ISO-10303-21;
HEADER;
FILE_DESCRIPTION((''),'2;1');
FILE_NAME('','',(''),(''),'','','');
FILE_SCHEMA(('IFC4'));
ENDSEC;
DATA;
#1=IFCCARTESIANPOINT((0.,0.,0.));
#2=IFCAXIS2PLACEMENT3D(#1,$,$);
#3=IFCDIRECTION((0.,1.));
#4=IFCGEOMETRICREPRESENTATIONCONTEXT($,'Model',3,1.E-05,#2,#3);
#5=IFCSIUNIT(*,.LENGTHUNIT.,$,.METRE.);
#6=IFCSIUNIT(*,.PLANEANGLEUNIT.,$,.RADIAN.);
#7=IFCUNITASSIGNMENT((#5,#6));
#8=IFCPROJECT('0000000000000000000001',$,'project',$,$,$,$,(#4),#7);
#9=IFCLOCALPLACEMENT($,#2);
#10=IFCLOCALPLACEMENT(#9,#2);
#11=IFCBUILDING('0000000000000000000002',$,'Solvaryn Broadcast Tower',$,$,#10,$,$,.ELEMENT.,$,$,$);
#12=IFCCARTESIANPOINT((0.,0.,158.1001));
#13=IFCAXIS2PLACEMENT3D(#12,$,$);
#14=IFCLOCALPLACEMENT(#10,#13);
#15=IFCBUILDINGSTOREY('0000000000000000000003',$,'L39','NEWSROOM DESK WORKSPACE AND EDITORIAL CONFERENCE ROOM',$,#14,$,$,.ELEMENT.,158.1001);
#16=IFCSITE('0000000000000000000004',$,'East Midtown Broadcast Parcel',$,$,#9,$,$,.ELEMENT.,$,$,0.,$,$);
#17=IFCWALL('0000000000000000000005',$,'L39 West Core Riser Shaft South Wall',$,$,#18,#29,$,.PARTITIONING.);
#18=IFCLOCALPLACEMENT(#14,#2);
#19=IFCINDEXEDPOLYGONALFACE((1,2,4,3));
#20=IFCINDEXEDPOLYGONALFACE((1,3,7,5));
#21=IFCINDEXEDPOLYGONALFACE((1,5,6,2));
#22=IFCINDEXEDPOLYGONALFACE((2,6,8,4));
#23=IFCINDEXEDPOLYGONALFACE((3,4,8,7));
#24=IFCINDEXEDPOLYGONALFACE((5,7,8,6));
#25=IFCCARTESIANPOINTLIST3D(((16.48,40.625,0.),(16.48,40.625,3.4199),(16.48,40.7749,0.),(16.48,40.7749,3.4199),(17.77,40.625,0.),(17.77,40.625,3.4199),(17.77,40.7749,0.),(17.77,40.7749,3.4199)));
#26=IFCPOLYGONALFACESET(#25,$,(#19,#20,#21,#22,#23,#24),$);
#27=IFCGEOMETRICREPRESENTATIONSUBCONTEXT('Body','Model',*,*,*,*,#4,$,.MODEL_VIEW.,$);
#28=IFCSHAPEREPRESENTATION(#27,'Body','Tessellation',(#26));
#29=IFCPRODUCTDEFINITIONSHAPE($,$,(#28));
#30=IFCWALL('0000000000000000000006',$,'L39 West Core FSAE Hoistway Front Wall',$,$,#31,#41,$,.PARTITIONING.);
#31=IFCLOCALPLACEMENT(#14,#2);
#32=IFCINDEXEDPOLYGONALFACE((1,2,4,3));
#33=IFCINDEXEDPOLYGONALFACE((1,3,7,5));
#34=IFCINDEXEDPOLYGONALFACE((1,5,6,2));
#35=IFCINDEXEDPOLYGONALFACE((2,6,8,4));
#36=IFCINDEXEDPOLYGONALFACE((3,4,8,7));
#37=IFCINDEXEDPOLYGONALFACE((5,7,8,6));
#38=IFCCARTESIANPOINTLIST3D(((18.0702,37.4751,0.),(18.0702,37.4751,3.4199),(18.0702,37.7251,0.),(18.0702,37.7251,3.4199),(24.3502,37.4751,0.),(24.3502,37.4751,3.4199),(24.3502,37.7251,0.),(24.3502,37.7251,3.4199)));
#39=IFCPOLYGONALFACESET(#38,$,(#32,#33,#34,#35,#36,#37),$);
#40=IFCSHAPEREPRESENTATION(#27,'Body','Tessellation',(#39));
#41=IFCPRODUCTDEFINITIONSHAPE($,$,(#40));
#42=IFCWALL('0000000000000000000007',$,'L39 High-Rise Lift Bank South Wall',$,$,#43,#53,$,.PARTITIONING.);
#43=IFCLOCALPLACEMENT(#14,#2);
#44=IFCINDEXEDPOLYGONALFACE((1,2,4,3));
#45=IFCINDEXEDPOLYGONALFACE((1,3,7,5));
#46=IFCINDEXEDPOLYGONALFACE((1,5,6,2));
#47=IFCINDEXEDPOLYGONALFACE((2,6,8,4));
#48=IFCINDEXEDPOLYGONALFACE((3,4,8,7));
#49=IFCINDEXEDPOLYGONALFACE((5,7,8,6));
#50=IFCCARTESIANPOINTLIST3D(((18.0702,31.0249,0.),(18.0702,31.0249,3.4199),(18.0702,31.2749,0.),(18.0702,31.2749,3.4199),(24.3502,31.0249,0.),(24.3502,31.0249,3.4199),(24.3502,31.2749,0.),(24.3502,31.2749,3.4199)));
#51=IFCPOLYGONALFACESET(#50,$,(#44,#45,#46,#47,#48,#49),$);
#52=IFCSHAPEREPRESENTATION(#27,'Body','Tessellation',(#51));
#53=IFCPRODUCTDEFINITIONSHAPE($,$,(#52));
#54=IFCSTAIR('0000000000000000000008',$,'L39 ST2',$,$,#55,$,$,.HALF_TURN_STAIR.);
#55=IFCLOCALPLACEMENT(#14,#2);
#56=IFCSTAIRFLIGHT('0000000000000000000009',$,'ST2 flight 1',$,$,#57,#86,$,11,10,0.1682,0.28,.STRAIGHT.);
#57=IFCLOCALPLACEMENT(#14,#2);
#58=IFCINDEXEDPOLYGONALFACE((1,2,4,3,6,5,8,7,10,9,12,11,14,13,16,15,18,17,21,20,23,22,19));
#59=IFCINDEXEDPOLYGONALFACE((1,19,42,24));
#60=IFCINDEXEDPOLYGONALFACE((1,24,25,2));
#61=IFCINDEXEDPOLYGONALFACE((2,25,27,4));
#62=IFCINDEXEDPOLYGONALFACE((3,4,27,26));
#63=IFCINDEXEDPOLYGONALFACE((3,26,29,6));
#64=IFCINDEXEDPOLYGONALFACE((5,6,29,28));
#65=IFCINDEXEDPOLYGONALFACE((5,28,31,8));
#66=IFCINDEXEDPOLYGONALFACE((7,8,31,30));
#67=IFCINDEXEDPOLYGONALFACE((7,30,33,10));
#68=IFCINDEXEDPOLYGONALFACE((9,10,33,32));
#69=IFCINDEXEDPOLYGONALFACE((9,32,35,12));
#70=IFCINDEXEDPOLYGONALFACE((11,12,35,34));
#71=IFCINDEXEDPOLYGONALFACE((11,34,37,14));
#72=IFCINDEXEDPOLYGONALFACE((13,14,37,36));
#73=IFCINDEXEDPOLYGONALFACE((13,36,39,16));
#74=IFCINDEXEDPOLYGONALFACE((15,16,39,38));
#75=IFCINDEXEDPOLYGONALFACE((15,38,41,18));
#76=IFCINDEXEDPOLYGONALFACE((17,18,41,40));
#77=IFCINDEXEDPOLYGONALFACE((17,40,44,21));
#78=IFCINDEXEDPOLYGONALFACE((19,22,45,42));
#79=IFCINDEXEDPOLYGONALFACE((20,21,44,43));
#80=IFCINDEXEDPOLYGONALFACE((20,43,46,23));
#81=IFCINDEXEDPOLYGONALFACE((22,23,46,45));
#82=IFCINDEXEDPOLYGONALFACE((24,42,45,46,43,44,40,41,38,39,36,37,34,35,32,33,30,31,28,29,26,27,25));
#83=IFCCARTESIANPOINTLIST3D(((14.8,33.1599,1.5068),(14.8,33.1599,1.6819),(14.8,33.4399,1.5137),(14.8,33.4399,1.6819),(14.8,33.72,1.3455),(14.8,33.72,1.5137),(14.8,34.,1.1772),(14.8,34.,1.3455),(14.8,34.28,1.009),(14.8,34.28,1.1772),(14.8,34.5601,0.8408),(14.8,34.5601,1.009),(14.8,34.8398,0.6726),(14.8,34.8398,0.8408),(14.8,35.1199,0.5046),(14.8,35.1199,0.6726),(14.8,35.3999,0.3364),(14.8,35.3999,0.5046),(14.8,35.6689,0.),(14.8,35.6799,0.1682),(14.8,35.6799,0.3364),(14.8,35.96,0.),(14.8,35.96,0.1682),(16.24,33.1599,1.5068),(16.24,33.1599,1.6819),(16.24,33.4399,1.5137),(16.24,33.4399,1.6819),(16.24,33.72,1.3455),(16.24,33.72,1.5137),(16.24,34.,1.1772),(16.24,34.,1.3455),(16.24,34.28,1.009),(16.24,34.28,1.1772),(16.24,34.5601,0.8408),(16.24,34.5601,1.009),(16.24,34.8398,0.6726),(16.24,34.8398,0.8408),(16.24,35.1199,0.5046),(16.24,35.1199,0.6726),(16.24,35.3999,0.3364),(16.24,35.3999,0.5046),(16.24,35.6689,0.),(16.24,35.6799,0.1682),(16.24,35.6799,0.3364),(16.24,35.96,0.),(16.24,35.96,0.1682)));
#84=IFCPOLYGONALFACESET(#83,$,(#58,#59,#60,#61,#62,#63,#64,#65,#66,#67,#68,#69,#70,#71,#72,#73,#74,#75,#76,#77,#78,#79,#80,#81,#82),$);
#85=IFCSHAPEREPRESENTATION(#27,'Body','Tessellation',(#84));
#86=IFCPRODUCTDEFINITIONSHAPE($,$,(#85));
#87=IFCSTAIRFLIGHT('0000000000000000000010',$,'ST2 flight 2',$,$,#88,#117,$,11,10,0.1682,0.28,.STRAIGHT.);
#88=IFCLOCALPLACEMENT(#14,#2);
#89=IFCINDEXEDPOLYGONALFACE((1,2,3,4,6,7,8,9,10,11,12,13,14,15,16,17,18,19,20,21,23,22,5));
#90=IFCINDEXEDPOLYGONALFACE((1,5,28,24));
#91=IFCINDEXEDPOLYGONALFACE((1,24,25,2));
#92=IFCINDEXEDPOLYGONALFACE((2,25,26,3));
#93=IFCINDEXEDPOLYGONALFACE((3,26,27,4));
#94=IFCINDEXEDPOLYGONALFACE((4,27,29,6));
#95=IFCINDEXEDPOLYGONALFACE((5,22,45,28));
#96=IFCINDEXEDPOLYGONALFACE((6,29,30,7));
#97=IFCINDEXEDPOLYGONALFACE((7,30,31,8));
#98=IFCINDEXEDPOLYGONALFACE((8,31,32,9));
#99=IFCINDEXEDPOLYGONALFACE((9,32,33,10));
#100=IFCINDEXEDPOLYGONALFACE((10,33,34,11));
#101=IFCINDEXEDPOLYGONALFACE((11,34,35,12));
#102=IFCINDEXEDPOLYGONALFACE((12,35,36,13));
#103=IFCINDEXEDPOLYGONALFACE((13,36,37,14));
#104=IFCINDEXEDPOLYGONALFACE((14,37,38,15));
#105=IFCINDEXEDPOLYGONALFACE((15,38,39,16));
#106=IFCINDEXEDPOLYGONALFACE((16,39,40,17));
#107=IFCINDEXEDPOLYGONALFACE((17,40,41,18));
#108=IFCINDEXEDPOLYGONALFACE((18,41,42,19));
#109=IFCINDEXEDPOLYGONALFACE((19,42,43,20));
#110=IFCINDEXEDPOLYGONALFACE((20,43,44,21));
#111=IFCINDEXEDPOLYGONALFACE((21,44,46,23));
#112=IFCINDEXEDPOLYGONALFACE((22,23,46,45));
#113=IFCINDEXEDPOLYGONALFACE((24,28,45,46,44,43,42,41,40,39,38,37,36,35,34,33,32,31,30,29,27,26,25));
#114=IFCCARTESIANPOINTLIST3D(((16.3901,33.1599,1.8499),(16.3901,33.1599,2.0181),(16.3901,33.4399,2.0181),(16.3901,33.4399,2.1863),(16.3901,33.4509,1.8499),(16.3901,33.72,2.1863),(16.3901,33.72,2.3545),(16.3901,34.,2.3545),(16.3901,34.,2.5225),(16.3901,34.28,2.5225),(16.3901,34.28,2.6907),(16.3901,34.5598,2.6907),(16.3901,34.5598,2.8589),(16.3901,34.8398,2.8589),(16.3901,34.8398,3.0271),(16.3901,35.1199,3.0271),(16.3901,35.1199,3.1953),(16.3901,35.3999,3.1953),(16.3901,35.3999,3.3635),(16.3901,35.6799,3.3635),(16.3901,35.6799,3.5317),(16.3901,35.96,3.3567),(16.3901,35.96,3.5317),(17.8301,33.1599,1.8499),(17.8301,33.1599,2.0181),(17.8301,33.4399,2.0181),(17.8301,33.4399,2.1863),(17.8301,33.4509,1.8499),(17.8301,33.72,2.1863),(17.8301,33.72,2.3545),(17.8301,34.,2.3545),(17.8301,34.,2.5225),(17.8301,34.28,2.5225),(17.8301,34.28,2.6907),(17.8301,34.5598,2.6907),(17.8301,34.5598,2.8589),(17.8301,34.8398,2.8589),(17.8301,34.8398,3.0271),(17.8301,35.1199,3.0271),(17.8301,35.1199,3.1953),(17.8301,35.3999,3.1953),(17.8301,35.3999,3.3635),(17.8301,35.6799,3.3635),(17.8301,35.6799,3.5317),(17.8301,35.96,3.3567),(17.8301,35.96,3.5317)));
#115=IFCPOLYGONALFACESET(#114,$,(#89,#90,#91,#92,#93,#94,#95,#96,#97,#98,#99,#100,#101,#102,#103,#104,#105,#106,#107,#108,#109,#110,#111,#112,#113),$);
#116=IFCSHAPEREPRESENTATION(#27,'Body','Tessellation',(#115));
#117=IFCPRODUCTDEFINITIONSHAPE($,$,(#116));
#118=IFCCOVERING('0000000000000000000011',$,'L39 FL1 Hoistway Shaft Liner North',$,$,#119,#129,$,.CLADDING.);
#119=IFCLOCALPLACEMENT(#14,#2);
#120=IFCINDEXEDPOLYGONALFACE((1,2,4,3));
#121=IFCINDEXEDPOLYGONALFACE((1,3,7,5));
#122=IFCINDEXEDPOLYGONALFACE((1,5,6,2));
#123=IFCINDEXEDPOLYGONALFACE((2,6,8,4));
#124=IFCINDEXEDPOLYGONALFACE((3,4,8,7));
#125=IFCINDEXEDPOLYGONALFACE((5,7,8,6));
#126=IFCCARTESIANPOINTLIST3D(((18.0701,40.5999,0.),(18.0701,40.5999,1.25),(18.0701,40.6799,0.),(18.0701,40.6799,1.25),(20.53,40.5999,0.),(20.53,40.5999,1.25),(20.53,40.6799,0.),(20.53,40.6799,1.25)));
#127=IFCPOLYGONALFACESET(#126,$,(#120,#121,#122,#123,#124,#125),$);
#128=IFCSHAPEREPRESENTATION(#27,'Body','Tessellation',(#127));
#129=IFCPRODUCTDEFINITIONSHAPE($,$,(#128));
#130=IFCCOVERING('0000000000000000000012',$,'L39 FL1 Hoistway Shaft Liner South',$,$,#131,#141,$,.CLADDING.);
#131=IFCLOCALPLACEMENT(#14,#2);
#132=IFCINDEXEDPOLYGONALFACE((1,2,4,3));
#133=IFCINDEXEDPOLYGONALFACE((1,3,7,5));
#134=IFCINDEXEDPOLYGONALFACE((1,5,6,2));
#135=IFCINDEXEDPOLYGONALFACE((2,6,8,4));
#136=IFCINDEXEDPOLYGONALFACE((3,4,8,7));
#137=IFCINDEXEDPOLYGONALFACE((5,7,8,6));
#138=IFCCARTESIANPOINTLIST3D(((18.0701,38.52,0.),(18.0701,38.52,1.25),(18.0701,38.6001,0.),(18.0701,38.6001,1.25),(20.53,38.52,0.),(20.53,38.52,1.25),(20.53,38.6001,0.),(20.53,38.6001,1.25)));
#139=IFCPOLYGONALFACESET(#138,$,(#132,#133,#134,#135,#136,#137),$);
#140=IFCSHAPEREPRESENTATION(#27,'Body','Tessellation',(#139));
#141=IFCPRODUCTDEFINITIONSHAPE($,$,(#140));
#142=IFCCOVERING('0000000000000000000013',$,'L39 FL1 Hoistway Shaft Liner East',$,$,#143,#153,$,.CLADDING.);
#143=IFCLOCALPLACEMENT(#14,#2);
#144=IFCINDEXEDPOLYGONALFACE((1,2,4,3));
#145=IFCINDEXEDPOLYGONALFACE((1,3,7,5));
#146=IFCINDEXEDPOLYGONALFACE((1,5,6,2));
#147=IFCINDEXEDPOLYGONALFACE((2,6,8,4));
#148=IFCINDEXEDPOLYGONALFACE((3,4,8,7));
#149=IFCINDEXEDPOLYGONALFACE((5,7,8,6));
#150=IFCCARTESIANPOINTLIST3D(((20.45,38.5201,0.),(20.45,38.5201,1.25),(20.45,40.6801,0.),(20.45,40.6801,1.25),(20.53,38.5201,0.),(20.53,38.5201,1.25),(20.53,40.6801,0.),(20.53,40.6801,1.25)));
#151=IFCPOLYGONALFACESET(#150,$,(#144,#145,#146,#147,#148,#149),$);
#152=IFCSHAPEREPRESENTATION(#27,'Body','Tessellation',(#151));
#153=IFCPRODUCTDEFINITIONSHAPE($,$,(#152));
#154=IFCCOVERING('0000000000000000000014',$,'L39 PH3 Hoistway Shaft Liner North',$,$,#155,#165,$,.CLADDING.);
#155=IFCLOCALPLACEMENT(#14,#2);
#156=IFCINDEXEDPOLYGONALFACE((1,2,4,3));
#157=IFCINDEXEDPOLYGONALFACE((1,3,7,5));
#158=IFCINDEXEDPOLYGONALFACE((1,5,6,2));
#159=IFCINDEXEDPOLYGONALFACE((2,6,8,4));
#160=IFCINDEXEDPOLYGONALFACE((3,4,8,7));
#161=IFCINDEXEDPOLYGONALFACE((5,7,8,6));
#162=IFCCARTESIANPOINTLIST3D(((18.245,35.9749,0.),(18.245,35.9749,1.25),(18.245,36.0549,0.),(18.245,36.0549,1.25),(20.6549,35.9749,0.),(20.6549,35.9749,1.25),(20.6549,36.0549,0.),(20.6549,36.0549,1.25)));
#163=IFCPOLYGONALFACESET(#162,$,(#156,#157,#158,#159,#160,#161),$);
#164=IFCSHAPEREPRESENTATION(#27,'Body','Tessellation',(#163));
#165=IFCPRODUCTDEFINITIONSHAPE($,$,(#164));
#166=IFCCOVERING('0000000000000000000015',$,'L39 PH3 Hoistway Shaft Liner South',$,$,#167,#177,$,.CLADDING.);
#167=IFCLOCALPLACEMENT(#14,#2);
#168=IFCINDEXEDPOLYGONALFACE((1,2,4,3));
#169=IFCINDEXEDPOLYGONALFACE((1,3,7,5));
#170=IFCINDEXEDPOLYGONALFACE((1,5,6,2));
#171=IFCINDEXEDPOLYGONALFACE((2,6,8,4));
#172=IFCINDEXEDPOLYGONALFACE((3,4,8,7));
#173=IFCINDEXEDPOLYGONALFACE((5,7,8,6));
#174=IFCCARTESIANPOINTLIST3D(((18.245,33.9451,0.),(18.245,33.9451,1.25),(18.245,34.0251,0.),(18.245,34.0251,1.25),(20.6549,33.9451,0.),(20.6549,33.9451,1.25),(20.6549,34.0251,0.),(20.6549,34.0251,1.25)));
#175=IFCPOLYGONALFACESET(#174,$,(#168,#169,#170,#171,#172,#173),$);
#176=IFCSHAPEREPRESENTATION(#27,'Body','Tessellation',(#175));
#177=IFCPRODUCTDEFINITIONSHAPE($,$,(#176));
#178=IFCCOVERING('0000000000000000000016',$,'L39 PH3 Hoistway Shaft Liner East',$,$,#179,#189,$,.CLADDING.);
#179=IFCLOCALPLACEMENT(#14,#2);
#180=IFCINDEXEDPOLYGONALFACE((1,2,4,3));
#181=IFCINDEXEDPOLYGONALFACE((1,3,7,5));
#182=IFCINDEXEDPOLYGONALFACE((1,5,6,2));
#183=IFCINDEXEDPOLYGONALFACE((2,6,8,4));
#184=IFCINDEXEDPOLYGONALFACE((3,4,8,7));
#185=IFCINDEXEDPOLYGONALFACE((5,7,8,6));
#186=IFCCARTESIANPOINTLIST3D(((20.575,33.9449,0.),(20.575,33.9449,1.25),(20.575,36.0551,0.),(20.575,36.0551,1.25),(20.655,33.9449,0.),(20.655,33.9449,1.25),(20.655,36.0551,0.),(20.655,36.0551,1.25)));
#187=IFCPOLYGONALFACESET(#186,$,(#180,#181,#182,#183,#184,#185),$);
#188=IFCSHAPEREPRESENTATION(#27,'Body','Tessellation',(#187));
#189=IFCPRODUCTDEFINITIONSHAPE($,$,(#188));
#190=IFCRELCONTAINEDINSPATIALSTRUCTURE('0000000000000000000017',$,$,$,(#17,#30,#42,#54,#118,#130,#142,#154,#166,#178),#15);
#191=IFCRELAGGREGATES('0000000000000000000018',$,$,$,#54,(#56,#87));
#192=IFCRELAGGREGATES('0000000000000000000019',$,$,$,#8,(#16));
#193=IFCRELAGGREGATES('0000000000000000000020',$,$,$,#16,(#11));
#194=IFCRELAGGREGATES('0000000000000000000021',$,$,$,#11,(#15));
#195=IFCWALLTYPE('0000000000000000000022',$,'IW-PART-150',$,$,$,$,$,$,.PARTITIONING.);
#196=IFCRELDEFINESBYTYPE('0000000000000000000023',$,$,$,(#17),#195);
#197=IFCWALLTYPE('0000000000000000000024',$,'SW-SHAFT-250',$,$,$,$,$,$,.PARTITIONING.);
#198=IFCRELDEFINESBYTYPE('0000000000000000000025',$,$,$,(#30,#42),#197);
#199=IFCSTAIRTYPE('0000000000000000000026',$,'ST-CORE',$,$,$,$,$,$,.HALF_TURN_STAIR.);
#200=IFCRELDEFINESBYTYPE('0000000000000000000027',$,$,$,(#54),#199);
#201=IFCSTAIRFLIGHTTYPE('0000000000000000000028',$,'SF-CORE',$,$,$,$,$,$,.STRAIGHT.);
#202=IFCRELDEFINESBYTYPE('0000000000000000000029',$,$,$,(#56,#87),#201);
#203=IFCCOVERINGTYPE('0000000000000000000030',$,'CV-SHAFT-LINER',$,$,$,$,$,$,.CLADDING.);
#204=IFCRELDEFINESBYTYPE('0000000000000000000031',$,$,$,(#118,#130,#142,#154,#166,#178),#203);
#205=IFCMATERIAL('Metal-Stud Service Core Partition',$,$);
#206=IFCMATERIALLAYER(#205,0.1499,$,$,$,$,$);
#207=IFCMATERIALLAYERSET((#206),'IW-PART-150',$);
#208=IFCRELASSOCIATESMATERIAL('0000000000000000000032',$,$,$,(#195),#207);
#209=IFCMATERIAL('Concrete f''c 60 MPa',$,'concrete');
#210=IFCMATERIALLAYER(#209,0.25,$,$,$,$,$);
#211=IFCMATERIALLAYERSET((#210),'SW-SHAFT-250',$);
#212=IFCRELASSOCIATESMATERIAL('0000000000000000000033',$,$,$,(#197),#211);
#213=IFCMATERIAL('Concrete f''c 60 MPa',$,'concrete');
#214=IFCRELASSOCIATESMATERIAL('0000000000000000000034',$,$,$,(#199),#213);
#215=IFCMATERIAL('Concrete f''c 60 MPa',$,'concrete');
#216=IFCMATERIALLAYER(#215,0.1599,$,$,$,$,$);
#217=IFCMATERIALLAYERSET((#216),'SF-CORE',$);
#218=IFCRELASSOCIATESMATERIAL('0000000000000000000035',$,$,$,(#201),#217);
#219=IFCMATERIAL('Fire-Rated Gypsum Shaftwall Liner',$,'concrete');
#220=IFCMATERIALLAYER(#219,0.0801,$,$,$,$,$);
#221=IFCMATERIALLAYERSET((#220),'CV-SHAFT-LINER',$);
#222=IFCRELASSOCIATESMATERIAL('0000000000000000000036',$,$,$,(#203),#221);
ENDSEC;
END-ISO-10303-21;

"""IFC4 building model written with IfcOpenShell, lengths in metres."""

from ifc_helpers import new_model, si_unit, direction, frame, frame_2d, origin, origin_2d, place, context, subcontext, project, spatial, polyline, rectangle, outline, extrude, material, layer, layer_set, type_object, element, aggregate, save


model = new_model("IFC4")

# Units and contexts
model_context = context("Model", 3, precision=1e-05, world=origin(), true_north=direction((0.0, 1.0)))
body_context = subcontext(model_context, "Body", "Model", "MODEL_VIEW")
ifc_project = project(units=[si_unit("LENGTHUNIT", "METRE"), si_unit("PLANEANGLEUNIT", "RADIAN")], contexts=[model_context])

# Site, building, storey
site_placement = place(None, origin())
site = spatial("IfcSite", under=ifc_project, at=site_placement, Name="East Midtown Broadcast Parcel", CompositionType="ELEMENT", RefElevation=0.0)
building_placement = place(site_placement, origin())
building = spatial("IfcBuilding", under=site, at=building_placement, Name="Solvaryn Broadcast Tower", CompositionType="ELEMENT")
storey_placement = place(building_placement, frame((0.0, 0.0, 158.1001)))
storey = spatial("IfcBuildingStorey", under=building, at=storey_placement, Name="L39", Description="NEWSROOM DESK WORKSPACE AND EDITORIAL CONFERENCE ROOM", CompositionType="ELEMENT", Elevation=158.1001)

# Walls
ifc_material_1 = material(Name="Metal-Stud Service Core Partition")
ifc_layer_1 = layer(ifc_material_1, 0.1499)
ifc_layer_set_1 = layer_set([ifc_layer_1], Name="IW-PART-150")
wall_type_1 = type_object("IfcWallType", Name="IW-PART-150", PredefinedType="PARTITIONING", material=ifc_layer_set_1)
wall_1_placement = place(storey_placement, frame((16.48, 40.7, 0.0), z_axis=(0.0, 0.0, 1.0), x_axis=(1.0, 0.0, 0.0)))
element("IfcWall", 1, at=wall_1_placement, inside=storey, type_object=wall_type_1, Name="L39 West Core Riser Shaft South Wall", PredefinedType="PARTITIONING", context=body_context, shape_type="SweptSolid", body=[
    extrude(rectangle(XDim=1.29, YDim=0.1499, at=frame_2d((0.645, 0.0))), origin(), (0.0, 0.0, 1.0), 3.4199),
])
ifc_material_2 = material(Name="Concrete f'c 60 MPa", Category="concrete")
ifc_layer_2 = layer(ifc_material_2, 0.25)
ifc_layer_set_2 = layer_set([ifc_layer_2], Name="SW-SHAFT-250")
wall_type_2 = type_object("IfcWallType", Name="SW-SHAFT-250", PredefinedType="PARTITIONING", material=ifc_layer_set_2)
for number, where, z_axis, x_axis, name in (
    (2, (18.0701, 37.6001, 0.0), (0.0, 0.0, 1.0), (1.0, 0.0, 0.0), "L39 West Core FSAE Hoistway Front Wall"),
    (3, (18.0701, 31.1499, 0.0), (0.0, 0.0, 1.0), (1.0, 0.0, 0.0), "L39 High-Rise Lift Bank South Wall"),
):
    element("IfcWall", number, at=place(storey_placement, frame(where, z_axis=z_axis, x_axis=x_axis)), inside=storey, type_object=wall_type_2, Name=name, PredefinedType="PARTITIONING", context=body_context, shape_type="SweptSolid", body=[
        extrude(rectangle(XDim=6.28, YDim=0.25, at=frame_2d((3.1401, 0.0))), origin(), (0.0, 0.0, 1.0), 3.4199),
    ])

# Stair, stair flights
ifc_material_3 = material(Name="Concrete f'c 60 MPa", Category="concrete")
stair_type = type_object("IfcStairType", Name="ST-CORE", PredefinedType="HALF_TURN_STAIR", material=ifc_material_3)
stair_placement = place(storey_placement, origin())
stair = element("IfcStair", 4, at=stair_placement, inside=storey, type_object=stair_type, Name="L39 ST2", PredefinedType="HALF_TURN_STAIR")
ifc_material_4 = material(Name="Concrete f'c 60 MPa", Category="concrete")
ifc_layer_3 = layer(ifc_material_4, 0.1599)
ifc_layer_set_3 = layer_set([ifc_layer_3], Name="SF-CORE")
stair_flight_type = type_object("IfcStairFlightType", Name="SF-CORE", PredefinedType="STRAIGHT", material=ifc_layer_set_3)
stair_flight_1_placement = place(storey_placement, frame((15.52, 35.96, 0.0), z_axis=(0.0, 0.0, 1.0), x_axis=(0.0, -1.0, 0.0)))
stair_flight_1 = element("IfcStairFlight", 5, at=stair_flight_1_placement, type_object=stair_flight_type, Name="ST2 flight 1", NumberOfRisers=11, NumberOfTreads=10, PredefinedType="STRAIGHT", RiserHeight=0.1682, TreadLength=0.28, context=body_context, shape_type="SweptSolid", body=[
    extrude(outline(polyline([(0.0, 0.0), (0.0, 0.1682), (0.28, 0.1682), (0.28, 0.3364), (0.5601, 0.3364), (0.5601, 0.5046), (0.8401, 0.5046), (0.8401, 0.6726), (1.1201, 0.6726), (1.1201, 0.8408), (1.3999, 0.8408), (1.3999, 1.009), (1.6799, 1.009), (1.6799, 1.1772), (1.96, 1.1772), (1.96, 1.3455), (2.24, 1.3455), (2.24, 1.5137), (2.52, 1.5137), (2.52, 1.6819), (2.8, 1.6819), (2.8, 1.8501), (2.8, 1.5068), (0.291, 0.0), (0.0, 0.0)])), frame((0.0, 0.72, 0.0), z_axis=(0.0, -1.0, 0.0), x_axis=(1.0, 0.0, 0.0)), (0.0, 0.0, 1.0), 1.4399),
])
stair_flight_2_placement = place(storey_placement, frame((17.1101, 33.1599, 1.8499), z_axis=(0.0, 0.0, 1.0), x_axis=(0.0, 1.0, 0.0)))
stair_flight_2 = element("IfcStairFlight", 6, at=stair_flight_2_placement, type_object=stair_flight_type, Name="ST2 flight 2", NumberOfRisers=11, NumberOfTreads=10, PredefinedType="STRAIGHT", RiserHeight=0.1682, TreadLength=0.28, context=body_context, shape_type="SweptSolid", body=[
    extrude(outline(polyline([(0.0, 0.0), (0.0, 0.1682), (0.28, 0.1682), (0.28, 0.3364), (0.5601, 0.3364), (0.5601, 0.5046), (0.8401, 0.5046), (0.8401, 0.6726), (1.1201, 0.6726), (1.1201, 0.8408), (1.3999, 0.8408), (1.3999, 1.009), (1.6799, 1.009), (1.6799, 1.1772), (1.96, 1.1772), (1.96, 1.3455), (2.24, 1.3455), (2.24, 1.5137), (2.52, 1.5137), (2.52, 1.6819), (2.8, 1.6819), (2.8, 1.8501), (2.8, 1.5068), (0.291, 0.0), (0.0, 0.0)])), frame((0.0, 0.72, 0.0), z_axis=(0.0, -1.0, 0.0), x_axis=(1.0, 0.0, 0.0)), (0.0, 0.0, 1.0), 1.4399),
])
aggregate(stair, [stair_flight_1, stair_flight_2])

# Coverings
ifc_material_5 = material(Name="Fire-Rated Gypsum Shaftwall Liner", Category="concrete")
ifc_layer_4 = layer(ifc_material_5, 0.0801)
ifc_layer_set_4 = layer_set([ifc_layer_4], Name="CV-SHAFT-LINER")
covering_type = type_object("IfcCoveringType", Name="CV-SHAFT-LINER", PredefinedType="CLADDING", material=ifc_layer_set_4)
for number, where, z_axis, x_axis, name in (
    (7, (19.3, 40.6399, 0.0), (0.0, 0.0, 1.0), (1.0, 0.0, 0.0), "L39 FL1 Hoistway Shaft Liner North"),
    (8, (19.3, 38.5601, 0.0), (0.0, 0.0, 1.0), (1.0, 0.0, 0.0), "L39 FL1 Hoistway Shaft Liner South"),
):
    element("IfcCovering", number, at=place(storey_placement, frame(where, z_axis=z_axis, x_axis=x_axis)), inside=storey, type_object=covering_type, Name=name, PredefinedType="CLADDING", context=body_context, shape_type="SweptSolid", body=[
        extrude(rectangle(XDim=2.46, YDim=0.0801, at=origin_2d()), origin(), (0.0, 0.0, 1.0), 1.25),
    ])
covering_1_placement = place(storey_placement, frame((20.49, 39.6001, 0.0), z_axis=(0.0, 0.0, 1.0), x_axis=(1.0, 0.0, 0.0)))
element("IfcCovering", 9, at=covering_1_placement, inside=storey, type_object=covering_type, Name="L39 FL1 Hoistway Shaft Liner East", PredefinedType="CLADDING", context=body_context, shape_type="SweptSolid", body=[
    extrude(rectangle(XDim=0.0801, YDim=2.1599, at=origin_2d()), origin(), (0.0, 0.0, 1.0), 1.25),
])
for number, where, z_axis, x_axis, name in (
    (10, (19.45, 36.0149, 0.0), (0.0, 0.0, 1.0), (1.0, 0.0, 0.0), "L39 PH3 Hoistway Shaft Liner North"),
    (11, (19.45, 33.9851, 0.0), (0.0, 0.0, 1.0), (1.0, 0.0, 0.0), "L39 PH3 Hoistway Shaft Liner South"),
):
    element("IfcCovering", number, at=place(storey_placement, frame(where, z_axis=z_axis, x_axis=x_axis)), inside=storey, type_object=covering_type, Name=name, PredefinedType="CLADDING", context=body_context, shape_type="SweptSolid", body=[
        extrude(rectangle(XDim=2.4099, YDim=0.0801, at=origin_2d()), origin(), (0.0, 0.0, 1.0), 1.25),
    ])
for number, where, z_axis, x_axis, name in (
    (12, (20.615, 35.0, 0.0), (0.0, 0.0, 1.0), (1.0, 0.0, 0.0), "L39 PH3 Hoistway Shaft Liner East"),
):
    element("IfcCovering", number, at=place(storey_placement, frame(where, z_axis=z_axis, x_axis=x_axis)), inside=storey, type_object=covering_type, Name=name, PredefinedType="CLADDING", context=body_context, shape_type="SweptSolid", body=[
        extrude(rectangle(XDim=0.0801, YDim=2.1101, at=origin_2d()), origin(), (0.0, 0.0, 1.0), 1.25),
    ])

save(model, "model.ifc")
